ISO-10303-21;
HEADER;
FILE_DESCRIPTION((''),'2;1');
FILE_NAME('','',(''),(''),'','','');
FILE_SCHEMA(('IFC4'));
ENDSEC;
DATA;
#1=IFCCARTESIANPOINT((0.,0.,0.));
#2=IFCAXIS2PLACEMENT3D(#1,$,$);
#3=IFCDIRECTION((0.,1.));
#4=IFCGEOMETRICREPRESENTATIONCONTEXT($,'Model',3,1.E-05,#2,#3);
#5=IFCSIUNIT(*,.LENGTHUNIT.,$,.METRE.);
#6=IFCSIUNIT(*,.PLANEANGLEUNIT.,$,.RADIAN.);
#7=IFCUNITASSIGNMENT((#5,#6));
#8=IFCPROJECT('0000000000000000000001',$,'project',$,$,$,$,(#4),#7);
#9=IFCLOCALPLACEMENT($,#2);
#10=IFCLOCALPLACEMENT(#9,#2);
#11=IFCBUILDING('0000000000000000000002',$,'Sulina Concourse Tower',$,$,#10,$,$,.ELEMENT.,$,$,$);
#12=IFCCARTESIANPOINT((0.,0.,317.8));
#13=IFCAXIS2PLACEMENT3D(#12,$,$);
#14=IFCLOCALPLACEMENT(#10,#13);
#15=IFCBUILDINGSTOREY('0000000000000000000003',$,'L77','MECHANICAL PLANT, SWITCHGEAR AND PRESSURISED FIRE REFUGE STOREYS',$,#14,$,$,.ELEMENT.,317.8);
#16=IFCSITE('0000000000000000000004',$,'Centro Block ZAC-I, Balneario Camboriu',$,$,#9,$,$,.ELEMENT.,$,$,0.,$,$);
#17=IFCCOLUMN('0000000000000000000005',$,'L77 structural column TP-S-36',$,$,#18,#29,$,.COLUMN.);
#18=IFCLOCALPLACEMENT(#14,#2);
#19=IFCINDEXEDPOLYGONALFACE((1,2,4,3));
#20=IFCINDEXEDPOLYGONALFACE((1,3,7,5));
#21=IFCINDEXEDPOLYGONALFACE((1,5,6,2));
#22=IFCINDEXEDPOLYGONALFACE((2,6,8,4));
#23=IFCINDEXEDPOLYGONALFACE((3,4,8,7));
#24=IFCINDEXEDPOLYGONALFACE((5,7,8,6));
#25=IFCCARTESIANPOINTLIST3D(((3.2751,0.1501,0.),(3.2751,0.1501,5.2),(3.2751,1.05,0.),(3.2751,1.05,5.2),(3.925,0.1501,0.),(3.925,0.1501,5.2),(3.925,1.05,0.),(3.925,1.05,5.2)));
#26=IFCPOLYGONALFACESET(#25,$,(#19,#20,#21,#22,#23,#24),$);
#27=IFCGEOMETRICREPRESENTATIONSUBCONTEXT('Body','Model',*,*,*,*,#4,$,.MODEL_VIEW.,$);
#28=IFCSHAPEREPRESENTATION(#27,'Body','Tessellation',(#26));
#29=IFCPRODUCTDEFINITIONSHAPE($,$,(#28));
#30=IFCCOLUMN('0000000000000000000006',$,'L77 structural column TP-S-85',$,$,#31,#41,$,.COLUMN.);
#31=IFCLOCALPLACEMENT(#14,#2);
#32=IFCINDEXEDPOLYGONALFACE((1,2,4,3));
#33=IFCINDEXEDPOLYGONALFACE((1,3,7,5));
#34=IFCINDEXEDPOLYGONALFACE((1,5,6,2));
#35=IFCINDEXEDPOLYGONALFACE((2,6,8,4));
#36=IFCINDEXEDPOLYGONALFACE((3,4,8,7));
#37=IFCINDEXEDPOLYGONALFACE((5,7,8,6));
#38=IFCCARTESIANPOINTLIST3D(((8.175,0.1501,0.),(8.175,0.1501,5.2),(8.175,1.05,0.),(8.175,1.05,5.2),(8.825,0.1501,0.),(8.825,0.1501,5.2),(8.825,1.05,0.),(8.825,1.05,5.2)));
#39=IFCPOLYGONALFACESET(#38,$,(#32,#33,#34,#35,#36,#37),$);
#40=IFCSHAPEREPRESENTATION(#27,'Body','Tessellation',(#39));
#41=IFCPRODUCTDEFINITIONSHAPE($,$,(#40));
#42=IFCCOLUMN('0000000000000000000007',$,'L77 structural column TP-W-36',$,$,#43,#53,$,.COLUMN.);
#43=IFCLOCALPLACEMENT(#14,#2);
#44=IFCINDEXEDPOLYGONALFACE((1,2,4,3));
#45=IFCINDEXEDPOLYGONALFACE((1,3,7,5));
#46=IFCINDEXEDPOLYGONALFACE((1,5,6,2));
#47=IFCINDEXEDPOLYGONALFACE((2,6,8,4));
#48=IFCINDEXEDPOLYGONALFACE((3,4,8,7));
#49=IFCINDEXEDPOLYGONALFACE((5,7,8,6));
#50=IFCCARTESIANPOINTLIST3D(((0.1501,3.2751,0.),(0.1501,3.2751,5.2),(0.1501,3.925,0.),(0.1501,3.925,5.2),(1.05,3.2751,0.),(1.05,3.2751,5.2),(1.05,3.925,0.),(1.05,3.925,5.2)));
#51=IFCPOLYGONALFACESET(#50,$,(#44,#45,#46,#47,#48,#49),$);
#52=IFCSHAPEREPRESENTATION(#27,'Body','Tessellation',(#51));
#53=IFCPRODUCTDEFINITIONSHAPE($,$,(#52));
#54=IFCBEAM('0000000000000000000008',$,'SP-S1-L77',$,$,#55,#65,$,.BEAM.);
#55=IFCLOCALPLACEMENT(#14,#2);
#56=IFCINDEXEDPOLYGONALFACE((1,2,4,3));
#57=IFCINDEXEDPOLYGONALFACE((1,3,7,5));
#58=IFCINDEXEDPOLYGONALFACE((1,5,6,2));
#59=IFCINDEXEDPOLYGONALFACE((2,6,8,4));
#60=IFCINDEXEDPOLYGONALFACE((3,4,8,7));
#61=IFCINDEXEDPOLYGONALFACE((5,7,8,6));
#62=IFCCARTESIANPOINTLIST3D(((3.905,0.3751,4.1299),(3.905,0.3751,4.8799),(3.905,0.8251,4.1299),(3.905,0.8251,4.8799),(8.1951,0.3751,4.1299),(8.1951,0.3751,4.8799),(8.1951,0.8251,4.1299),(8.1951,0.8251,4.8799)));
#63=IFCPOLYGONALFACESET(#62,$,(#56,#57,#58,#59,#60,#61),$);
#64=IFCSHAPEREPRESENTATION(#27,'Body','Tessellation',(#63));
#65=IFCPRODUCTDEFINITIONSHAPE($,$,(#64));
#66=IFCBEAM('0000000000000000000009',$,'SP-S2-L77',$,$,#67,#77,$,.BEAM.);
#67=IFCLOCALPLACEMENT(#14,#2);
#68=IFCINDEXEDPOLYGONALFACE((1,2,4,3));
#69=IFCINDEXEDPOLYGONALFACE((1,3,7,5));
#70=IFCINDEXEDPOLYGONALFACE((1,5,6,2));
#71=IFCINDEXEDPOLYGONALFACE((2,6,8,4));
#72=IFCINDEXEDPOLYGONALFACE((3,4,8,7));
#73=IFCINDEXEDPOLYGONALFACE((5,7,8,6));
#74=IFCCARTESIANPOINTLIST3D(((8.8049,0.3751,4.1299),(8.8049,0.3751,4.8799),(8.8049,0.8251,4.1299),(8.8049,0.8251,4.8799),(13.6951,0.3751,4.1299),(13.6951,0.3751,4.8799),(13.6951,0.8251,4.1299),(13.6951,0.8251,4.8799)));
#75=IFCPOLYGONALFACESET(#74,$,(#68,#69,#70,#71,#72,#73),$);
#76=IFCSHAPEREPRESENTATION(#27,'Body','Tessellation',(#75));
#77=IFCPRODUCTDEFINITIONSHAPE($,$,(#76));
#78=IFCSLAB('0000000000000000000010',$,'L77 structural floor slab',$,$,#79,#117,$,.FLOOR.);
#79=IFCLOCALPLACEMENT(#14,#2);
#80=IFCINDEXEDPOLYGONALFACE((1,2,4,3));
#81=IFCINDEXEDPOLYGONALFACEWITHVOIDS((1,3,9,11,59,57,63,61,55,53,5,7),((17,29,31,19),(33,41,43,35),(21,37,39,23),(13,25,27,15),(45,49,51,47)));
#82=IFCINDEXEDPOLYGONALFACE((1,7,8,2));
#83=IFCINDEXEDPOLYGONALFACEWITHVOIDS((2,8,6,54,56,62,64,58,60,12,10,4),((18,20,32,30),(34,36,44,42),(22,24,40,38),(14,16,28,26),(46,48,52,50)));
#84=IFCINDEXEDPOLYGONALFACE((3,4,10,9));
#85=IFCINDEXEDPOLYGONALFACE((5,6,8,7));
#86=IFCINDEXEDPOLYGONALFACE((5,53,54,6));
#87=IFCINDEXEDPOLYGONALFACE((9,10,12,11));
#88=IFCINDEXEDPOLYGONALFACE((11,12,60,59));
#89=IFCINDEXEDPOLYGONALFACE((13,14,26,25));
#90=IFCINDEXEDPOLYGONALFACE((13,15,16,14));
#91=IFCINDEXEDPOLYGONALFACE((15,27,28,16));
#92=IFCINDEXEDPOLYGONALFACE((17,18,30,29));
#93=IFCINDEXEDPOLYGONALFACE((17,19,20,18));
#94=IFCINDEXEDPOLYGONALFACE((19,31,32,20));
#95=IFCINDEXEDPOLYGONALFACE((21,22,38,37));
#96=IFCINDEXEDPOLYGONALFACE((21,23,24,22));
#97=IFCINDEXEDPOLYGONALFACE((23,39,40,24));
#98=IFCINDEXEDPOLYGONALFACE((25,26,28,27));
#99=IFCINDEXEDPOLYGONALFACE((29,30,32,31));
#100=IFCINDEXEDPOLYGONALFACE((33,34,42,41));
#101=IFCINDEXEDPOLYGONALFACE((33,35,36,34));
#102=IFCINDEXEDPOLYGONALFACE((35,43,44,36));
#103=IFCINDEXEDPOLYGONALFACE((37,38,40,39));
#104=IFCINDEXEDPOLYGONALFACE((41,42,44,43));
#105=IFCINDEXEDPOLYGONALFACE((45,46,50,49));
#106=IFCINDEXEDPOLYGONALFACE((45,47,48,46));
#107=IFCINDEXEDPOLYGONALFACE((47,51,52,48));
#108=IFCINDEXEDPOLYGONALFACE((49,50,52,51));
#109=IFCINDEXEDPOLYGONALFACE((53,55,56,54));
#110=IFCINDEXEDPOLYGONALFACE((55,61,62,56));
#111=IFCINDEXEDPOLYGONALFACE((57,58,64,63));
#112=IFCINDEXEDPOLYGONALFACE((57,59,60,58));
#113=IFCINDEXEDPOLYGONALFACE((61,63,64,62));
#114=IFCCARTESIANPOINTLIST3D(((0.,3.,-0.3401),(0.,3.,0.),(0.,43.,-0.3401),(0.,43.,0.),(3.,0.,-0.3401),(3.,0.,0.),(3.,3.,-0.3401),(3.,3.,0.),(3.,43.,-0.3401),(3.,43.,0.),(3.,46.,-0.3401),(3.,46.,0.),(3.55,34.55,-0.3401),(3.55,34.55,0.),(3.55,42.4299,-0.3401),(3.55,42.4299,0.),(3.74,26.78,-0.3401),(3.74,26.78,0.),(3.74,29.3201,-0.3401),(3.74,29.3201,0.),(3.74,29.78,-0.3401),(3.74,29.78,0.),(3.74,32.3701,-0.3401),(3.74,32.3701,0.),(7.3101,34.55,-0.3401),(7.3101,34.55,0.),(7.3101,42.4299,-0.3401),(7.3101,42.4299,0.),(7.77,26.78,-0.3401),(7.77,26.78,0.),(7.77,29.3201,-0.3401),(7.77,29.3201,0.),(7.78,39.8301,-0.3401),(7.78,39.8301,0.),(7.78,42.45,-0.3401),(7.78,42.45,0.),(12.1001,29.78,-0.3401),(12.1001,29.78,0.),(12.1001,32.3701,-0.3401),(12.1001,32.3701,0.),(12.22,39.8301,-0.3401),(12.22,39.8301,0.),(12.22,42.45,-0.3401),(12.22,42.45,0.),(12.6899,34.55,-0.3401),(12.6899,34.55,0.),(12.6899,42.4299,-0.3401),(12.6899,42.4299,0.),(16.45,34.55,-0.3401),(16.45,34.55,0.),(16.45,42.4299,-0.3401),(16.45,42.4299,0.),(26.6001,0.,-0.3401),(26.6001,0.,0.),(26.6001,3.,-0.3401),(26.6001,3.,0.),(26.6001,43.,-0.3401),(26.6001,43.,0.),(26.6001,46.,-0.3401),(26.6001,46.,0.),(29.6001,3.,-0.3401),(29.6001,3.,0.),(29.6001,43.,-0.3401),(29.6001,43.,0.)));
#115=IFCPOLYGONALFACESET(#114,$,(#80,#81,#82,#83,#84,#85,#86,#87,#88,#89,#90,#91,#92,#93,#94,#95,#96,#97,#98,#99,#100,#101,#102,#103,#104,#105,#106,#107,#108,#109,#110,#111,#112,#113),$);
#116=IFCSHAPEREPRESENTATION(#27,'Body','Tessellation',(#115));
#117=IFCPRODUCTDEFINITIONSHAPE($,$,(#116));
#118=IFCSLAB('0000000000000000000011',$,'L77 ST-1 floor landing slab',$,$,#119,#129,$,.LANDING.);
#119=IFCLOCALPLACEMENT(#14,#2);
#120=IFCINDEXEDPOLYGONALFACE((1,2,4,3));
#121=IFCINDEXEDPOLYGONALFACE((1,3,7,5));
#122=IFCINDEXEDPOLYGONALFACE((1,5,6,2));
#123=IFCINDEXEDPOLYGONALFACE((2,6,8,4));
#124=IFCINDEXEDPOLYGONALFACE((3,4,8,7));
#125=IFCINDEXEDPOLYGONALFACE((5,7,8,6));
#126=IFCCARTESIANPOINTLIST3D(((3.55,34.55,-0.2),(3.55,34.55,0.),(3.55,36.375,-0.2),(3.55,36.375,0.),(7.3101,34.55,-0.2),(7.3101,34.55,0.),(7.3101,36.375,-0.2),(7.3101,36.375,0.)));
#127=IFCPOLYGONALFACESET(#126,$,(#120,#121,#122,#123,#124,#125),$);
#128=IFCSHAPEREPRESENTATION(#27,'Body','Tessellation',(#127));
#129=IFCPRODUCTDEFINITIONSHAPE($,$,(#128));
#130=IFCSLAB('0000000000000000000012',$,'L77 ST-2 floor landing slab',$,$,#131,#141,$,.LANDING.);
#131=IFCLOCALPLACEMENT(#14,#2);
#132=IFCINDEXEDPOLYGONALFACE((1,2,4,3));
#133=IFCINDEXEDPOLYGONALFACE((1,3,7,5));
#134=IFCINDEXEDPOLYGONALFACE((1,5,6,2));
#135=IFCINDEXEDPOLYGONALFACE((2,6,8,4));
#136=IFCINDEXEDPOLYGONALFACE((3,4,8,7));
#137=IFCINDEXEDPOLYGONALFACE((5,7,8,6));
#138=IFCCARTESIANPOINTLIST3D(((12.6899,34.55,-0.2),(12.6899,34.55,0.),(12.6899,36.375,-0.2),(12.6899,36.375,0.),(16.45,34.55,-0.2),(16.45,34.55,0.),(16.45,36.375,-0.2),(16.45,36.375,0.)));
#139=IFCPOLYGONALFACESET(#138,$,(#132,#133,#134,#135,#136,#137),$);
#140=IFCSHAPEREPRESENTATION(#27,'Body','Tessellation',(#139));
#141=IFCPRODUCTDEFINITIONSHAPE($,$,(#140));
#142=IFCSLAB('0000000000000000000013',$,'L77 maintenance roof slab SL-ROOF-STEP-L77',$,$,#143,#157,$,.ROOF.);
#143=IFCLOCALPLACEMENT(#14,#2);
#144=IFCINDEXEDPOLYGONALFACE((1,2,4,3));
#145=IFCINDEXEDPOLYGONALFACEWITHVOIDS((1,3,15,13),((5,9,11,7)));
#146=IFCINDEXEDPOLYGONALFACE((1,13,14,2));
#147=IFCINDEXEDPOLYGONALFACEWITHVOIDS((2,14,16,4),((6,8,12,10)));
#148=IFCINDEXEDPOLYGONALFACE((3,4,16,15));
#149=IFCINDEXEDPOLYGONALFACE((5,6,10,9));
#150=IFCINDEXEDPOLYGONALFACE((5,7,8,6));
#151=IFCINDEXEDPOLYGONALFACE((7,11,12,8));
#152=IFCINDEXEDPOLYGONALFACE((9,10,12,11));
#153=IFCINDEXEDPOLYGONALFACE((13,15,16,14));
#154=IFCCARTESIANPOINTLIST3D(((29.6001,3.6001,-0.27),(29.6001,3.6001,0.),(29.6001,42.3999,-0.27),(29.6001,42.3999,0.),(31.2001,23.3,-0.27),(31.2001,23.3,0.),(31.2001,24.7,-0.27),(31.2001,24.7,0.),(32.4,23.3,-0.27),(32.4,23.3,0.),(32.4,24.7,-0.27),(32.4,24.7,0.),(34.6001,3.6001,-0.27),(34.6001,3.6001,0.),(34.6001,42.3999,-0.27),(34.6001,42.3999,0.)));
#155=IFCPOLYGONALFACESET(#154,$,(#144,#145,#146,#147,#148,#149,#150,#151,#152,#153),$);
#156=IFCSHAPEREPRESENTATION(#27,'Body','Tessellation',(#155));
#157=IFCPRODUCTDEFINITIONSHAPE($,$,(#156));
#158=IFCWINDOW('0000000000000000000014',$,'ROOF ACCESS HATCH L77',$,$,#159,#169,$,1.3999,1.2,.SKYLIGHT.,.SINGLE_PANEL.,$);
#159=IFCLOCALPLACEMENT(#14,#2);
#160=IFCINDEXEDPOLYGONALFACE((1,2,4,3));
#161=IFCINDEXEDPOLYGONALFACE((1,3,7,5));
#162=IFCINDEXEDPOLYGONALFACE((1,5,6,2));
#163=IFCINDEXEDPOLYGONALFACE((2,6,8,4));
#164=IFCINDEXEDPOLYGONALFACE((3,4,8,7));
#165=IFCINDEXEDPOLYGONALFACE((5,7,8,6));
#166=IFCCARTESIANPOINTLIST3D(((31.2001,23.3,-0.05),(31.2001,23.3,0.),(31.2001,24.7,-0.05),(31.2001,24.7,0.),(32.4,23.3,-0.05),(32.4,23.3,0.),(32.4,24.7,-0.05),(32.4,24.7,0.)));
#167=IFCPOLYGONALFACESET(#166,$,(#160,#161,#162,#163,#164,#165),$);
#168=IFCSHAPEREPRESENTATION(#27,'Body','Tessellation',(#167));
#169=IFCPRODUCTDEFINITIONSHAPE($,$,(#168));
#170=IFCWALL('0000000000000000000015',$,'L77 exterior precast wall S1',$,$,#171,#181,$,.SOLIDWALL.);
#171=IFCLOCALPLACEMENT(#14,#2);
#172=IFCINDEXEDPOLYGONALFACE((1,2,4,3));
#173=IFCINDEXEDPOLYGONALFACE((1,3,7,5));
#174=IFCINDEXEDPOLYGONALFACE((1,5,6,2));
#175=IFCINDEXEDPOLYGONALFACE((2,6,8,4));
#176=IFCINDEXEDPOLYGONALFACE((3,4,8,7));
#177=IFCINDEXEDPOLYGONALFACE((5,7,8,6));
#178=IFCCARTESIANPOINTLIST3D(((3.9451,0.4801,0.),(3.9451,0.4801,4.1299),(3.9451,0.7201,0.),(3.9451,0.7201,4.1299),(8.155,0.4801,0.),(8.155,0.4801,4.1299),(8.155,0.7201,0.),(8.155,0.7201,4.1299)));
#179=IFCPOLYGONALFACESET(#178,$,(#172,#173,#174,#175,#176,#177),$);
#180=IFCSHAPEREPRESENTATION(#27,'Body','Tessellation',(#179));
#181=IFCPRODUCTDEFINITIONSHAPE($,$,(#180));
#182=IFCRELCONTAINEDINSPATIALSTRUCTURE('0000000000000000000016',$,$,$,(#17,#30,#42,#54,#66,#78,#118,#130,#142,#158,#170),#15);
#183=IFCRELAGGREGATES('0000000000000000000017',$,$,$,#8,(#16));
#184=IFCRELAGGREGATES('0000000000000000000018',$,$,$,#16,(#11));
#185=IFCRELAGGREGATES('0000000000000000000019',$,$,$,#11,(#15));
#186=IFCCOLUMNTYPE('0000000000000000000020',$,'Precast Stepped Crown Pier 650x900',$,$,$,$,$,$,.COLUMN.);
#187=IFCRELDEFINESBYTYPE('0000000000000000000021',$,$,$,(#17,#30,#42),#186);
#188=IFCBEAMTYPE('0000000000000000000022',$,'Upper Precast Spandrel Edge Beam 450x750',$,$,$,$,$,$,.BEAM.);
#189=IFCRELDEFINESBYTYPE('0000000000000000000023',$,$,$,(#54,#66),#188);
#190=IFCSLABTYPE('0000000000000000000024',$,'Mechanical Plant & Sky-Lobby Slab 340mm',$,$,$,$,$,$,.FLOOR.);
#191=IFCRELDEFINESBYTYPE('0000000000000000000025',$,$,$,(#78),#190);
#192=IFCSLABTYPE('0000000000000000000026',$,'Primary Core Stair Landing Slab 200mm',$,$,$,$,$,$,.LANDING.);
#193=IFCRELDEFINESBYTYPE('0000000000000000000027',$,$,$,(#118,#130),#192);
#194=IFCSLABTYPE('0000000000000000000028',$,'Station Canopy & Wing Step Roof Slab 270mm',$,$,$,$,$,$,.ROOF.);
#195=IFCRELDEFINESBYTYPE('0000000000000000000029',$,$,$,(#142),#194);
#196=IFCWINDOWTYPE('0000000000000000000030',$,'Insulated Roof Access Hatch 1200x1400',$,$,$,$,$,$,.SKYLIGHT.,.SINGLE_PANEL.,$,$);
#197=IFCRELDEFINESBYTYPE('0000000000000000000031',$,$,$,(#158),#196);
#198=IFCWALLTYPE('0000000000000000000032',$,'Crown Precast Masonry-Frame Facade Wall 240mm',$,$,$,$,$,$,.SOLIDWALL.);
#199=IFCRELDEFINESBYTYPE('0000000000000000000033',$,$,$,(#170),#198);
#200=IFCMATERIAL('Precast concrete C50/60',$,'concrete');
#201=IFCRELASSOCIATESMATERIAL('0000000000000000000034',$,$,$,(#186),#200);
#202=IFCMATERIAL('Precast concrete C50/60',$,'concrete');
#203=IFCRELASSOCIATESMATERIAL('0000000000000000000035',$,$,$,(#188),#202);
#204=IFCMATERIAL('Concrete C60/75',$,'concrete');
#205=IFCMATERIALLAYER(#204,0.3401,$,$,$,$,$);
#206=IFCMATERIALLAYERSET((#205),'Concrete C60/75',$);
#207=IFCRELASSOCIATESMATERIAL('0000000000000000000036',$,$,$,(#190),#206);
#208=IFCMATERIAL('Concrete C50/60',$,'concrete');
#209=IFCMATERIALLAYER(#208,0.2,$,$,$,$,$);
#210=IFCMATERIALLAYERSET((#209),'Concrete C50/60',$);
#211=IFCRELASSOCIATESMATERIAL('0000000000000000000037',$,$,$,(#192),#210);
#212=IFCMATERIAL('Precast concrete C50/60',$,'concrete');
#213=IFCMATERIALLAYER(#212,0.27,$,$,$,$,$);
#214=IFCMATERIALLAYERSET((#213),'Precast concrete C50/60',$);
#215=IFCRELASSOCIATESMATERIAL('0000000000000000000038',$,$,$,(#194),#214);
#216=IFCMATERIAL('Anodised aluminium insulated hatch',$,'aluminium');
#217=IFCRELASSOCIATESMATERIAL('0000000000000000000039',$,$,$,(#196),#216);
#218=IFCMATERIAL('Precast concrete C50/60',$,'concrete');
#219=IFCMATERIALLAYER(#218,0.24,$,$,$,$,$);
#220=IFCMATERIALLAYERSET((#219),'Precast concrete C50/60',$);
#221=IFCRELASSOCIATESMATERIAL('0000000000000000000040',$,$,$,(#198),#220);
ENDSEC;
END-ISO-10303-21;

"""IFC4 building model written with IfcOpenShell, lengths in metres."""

from ifc_helpers import new_model, si_unit, direction, frame, frame_2d, origin, origin_2d, place, context, subcontext, project, spatial, polyline, rectangle, outline, extrude, material, layer, layer_set, material_profile, profile_set, type_object, element, fill, save


model = new_model("IFC4")

# Units and contexts
model_context = context("Model", 3, precision=1e-05, world=origin(), true_north=direction((0.0, 1.0)))
body_context = subcontext(model_context, "Body", "Model", "MODEL_VIEW")
ifc_project = project(units=[si_unit("LENGTHUNIT", "METRE"), si_unit("PLANEANGLEUNIT", "RADIAN")], contexts=[model_context])

# Site, building, storey
site_placement = place(None, origin())
site = spatial("IfcSite", under=ifc_project, at=site_placement, Name="Centro Block ZAC-I, Balneario Camboriu", CompositionType="ELEMENT", RefElevation=0.0)
building_placement = place(site_placement, origin())
building = spatial("IfcBuilding", under=site, at=building_placement, Name="Sulina Concourse Tower", CompositionType="ELEMENT")
storey_placement = place(building_placement, frame((0.0, 0.0, 317.8)))
storey = spatial("IfcBuildingStorey", under=building, at=storey_placement, Name="L77", Description="MECHANICAL PLANT, SWITCHGEAR AND PRESSURISED FIRE REFUGE STOREYS", CompositionType="ELEMENT", Elevation=317.8)

# Columns
ifc_material_1 = material(Name="Precast concrete C50/60", Category="concrete")
ifc_material_profile_1 = material_profile(ifc_material_1, rectangle(XDim=0.6499, YDim=0.8999, at=origin_2d()), Name="PC 650x900")
ifc_profile_set_1 = profile_set([ifc_material_profile_1], Name="Precast concrete C50/60")
column_type = type_object("IfcColumnType", Name="Precast Stepped Crown Pier 650x900", PredefinedType="COLUMN", material=ifc_profile_set_1)
for number, where, z_axis, x_axis, name in (
    (1, (3.6001, 0.6001, 0.0), (0.0, 0.0, 1.0), (1.0, 0.0, 0.0), "L77 structural column TP-S-36"),
    (2, (8.5, 0.6001, 0.0), (0.0, 0.0, 1.0), (1.0, 0.0, 0.0), "L77 structural column TP-S-85"),
    (3, (0.6001, 3.6001, 0.0), (0.0, 0.0, 1.0), (0.0, 1.0, 0.0), "L77 structural column TP-W-36"),
):
    element("IfcColumn", number, at=place(storey_placement, frame(where, z_axis=z_axis, x_axis=x_axis)), inside=storey, type_object=column_type, Name=name, PredefinedType="COLUMN", context=body_context, shape_type="SweptSolid", body=[
        extrude(rectangle(XDim=0.6499, YDim=0.8999, at=origin_2d()), origin(), (0.0, 0.0, 1.0), 5.2),
    ])

# Beams
ifc_material_2 = material(Name="Precast concrete C50/60", Category="concrete")
ifc_material_profile_2 = material_profile(ifc_material_2, rectangle(XDim=0.45, YDim=0.75, at=origin_2d()), Name="RC 450x750")
ifc_profile_set_2 = profile_set([ifc_material_profile_2], Name="Precast concrete C50/60")
beam_type = type_object("IfcBeamType", Name="Upper Precast Spandrel Edge Beam 450x750", PredefinedType="BEAM", material=ifc_profile_set_2)
beam_1_placement = place(storey_placement, frame((3.905, 0.6001, 4.5049), z_axis=(1.0, 0.0, 0.0), x_axis=(0.0, 1.0, 0.0)))
element("IfcBeam", 4, at=beam_1_placement, inside=storey, type_object=beam_type, Name="SP-S1-L77", PredefinedType="BEAM", context=body_context, shape_type="SweptSolid", body=[
    extrude(rectangle(XDim=0.45, YDim=0.75, at=origin_2d()), origin(), (0.0, 0.0, 1.0), 4.29),
])
beam_2_placement = place(storey_placement, frame((8.8049, 0.6001, 4.5049), z_axis=(1.0, 0.0, 0.0), x_axis=(0.0, 1.0, 0.0)))
element("IfcBeam", 5, at=beam_2_placement, inside=storey, type_object=beam_type, Name="SP-S2-L77", PredefinedType="BEAM", context=body_context, shape_type="SweptSolid", body=[
    extrude(rectangle(XDim=0.45, YDim=0.75, at=origin_2d()), origin(), (0.0, 0.0, 1.0), 4.8901),
])

# Slabs
ifc_material_3 = material(Name="Concrete C60/75", Category="concrete")
ifc_layer_1 = layer(ifc_material_3, 0.3401)
ifc_layer_set_1 = layer_set([ifc_layer_1], Name="Concrete C60/75")
slab_type_1 = type_object("IfcSlabType", Name="Mechanical Plant & Sky-Lobby Slab 340mm", PredefinedType="FLOOR", material=ifc_layer_set_1)
slab_1_placement = place(storey_placement, frame((0.0, 0.0, -0.3401)))
element("IfcSlab", 6, at=slab_1_placement, inside=storey, type_object=slab_type_1, Name="L77 structural floor slab", PredefinedType="FLOOR", context=body_context, shape_type="SweptSolid", body=[
    extrude(outline(polyline([(3.0, 0.0), (26.6001, 0.0), (26.6001, 3.0), (29.6001, 3.0), (29.6001, 43.0), (26.6001, 43.0), (26.6001, 46.0), (3.0, 46.0), (3.0, 43.0), (0.0, 43.0), (0.0, 3.0), (3.0, 3.0), (3.0, 0.0)]), holes=[polyline([(7.3101, 34.55), (7.3101, 42.4299), (3.55, 42.4299), (3.55, 34.55), (7.3101, 34.55)]), polyline([(16.45, 34.55), (16.45, 42.4299), (12.6899, 42.4299), (12.6899, 34.55), (16.45, 34.55)]), polyline([(7.78, 39.8301), (12.22, 39.8301), (12.22, 42.45), (7.78, 42.45), (7.78, 39.8301)]), polyline([(3.74, 26.78), (7.77, 26.78), (7.77, 29.3201), (3.74, 29.3201), (3.74, 26.78)]), polyline([(3.74, 29.78), (12.1001, 29.78), (12.1001, 32.3701), (3.74, 32.3701), (3.74, 29.78)])]), origin(), (0.0, 0.0, 1.0), 0.3401),
])
ifc_material_4 = material(Name="Concrete C50/60", Category="concrete")
ifc_layer_2 = layer(ifc_material_4, 0.2)
ifc_layer_set_2 = layer_set([ifc_layer_2], Name="Concrete C50/60")
slab_type_2 = type_object("IfcSlabType", Name="Primary Core Stair Landing Slab 200mm", PredefinedType="LANDING", material=ifc_layer_set_2)
slab_2_placement = place(storey_placement, frame((0.0, 0.0, -0.2)))
element("IfcSlab", 7, at=slab_2_placement, inside=storey, type_object=slab_type_2, Name="L77 ST-1 floor landing slab", PredefinedType="LANDING", context=body_context, shape_type="SweptSolid", body=[
    extrude(outline(polyline([(7.3101, 34.55), (7.3101, 36.375), (3.55, 36.375), (3.55, 34.55), (7.3101, 34.55)])), origin(), (0.0, 0.0, 1.0), 0.2),
])
slab_3_placement = place(storey_placement, frame((0.0, 0.0, -0.2)))
element("IfcSlab", 8, at=slab_3_placement, inside=storey, type_object=slab_type_2, Name="L77 ST-2 floor landing slab", PredefinedType="LANDING", context=body_context, shape_type="SweptSolid", body=[
    extrude(outline(polyline([(16.45, 34.55), (16.45, 36.375), (12.6899, 36.375), (12.6899, 34.55), (16.45, 34.55)])), origin(), (0.0, 0.0, 1.0), 0.2),
])

# Slab, opening, window
ifc_material_5 = material(Name="Precast concrete C50/60", Category="concrete")
ifc_layer_3 = layer(ifc_material_5, 0.27)
ifc_layer_set_3 = layer_set([ifc_layer_3], Name="Precast concrete C50/60")
slab_type_3 = type_object("IfcSlabType", Name="Station Canopy & Wing Step Roof Slab 270mm", PredefinedType="ROOF", material=ifc_layer_set_3)
slab_4_placement = place(storey_placement, frame((0.0, 0.0, -0.27)))
slab_4 = element("IfcSlab", 9, at=slab_4_placement, inside=storey, type_object=slab_type_3, Name="L77 maintenance roof slab SL-ROOF-STEP-L77", PredefinedType="ROOF", context=body_context, shape_type="SweptSolid", body=[
    extrude(outline(polyline([(29.6001, 3.6001), (34.6001, 3.6001), (34.6001, 42.3999), (29.6001, 42.3999), (29.6001, 3.6001)])), origin(), (0.0, 0.0, 1.0), 0.27),
])
opening_placement = place(slab_4_placement, frame((31.8, 24.0, 0.0)))
opening = element("IfcOpeningElement", 10, at=opening_placement, cuts=slab_4, PredefinedType="OPENING", context=body_context, shape_type="SweptSolid", body=[
    extrude(rectangle(XDim=1.2, YDim=1.3999, at=origin_2d()), origin(), (0.0, 0.0, 1.0), 0.27),
])
ifc_material_6 = material(Name="Anodised aluminium insulated hatch", Category="aluminium")
window_type = type_object("IfcWindowType", Name="Insulated Roof Access Hatch 1200x1400", PartitioningType="SINGLE_PANEL", PredefinedType="SKYLIGHT", material=ifc_material_6)
window_placement = place(opening_placement, frame((0.0, 0.0, 0.22)))
window = element("IfcWindow", 11, at=window_placement, inside=storey, type_object=window_type, Name="ROOF ACCESS HATCH L77", OverallHeight=1.3999, OverallWidth=1.2, PartitioningType="SINGLE_PANEL", PredefinedType="SKYLIGHT", context=body_context, shape_type="SweptSolid", body=[
    extrude(rectangle(XDim=1.2, YDim=1.3999, at=origin_2d()), origin(), (0.0, 0.0, 1.0), 0.05),
])
fill(opening, window)

# Wall
ifc_material_7 = material(Name="Precast concrete C50/60", Category="concrete")
ifc_layer_4 = layer(ifc_material_7, 0.24)
ifc_layer_set_4 = layer_set([ifc_layer_4], Name="Precast concrete C50/60")
wall_type = type_object("IfcWallType", Name="Crown Precast Masonry-Frame Facade Wall 240mm", PredefinedType="SOLIDWALL", material=ifc_layer_set_4)
wall_1_placement = place(storey_placement, frame((8.155, 0.6001, 0.0), z_axis=(0.0, 0.0, 1.0), x_axis=(-1.0, 0.0, 0.0)))
element("IfcWall", 12, at=wall_1_placement, inside=storey, type_object=wall_type, Name="L77 exterior precast wall S1", PredefinedType="SOLIDWALL", context=body_context, shape_type="SweptSolid", body=[
    extrude(rectangle(XDim=4.21, YDim=0.24, at=frame_2d((2.105, 0.0))), origin(), (0.0, 0.0, 1.0), 4.1299),
])

save(model, "model.ifc")
